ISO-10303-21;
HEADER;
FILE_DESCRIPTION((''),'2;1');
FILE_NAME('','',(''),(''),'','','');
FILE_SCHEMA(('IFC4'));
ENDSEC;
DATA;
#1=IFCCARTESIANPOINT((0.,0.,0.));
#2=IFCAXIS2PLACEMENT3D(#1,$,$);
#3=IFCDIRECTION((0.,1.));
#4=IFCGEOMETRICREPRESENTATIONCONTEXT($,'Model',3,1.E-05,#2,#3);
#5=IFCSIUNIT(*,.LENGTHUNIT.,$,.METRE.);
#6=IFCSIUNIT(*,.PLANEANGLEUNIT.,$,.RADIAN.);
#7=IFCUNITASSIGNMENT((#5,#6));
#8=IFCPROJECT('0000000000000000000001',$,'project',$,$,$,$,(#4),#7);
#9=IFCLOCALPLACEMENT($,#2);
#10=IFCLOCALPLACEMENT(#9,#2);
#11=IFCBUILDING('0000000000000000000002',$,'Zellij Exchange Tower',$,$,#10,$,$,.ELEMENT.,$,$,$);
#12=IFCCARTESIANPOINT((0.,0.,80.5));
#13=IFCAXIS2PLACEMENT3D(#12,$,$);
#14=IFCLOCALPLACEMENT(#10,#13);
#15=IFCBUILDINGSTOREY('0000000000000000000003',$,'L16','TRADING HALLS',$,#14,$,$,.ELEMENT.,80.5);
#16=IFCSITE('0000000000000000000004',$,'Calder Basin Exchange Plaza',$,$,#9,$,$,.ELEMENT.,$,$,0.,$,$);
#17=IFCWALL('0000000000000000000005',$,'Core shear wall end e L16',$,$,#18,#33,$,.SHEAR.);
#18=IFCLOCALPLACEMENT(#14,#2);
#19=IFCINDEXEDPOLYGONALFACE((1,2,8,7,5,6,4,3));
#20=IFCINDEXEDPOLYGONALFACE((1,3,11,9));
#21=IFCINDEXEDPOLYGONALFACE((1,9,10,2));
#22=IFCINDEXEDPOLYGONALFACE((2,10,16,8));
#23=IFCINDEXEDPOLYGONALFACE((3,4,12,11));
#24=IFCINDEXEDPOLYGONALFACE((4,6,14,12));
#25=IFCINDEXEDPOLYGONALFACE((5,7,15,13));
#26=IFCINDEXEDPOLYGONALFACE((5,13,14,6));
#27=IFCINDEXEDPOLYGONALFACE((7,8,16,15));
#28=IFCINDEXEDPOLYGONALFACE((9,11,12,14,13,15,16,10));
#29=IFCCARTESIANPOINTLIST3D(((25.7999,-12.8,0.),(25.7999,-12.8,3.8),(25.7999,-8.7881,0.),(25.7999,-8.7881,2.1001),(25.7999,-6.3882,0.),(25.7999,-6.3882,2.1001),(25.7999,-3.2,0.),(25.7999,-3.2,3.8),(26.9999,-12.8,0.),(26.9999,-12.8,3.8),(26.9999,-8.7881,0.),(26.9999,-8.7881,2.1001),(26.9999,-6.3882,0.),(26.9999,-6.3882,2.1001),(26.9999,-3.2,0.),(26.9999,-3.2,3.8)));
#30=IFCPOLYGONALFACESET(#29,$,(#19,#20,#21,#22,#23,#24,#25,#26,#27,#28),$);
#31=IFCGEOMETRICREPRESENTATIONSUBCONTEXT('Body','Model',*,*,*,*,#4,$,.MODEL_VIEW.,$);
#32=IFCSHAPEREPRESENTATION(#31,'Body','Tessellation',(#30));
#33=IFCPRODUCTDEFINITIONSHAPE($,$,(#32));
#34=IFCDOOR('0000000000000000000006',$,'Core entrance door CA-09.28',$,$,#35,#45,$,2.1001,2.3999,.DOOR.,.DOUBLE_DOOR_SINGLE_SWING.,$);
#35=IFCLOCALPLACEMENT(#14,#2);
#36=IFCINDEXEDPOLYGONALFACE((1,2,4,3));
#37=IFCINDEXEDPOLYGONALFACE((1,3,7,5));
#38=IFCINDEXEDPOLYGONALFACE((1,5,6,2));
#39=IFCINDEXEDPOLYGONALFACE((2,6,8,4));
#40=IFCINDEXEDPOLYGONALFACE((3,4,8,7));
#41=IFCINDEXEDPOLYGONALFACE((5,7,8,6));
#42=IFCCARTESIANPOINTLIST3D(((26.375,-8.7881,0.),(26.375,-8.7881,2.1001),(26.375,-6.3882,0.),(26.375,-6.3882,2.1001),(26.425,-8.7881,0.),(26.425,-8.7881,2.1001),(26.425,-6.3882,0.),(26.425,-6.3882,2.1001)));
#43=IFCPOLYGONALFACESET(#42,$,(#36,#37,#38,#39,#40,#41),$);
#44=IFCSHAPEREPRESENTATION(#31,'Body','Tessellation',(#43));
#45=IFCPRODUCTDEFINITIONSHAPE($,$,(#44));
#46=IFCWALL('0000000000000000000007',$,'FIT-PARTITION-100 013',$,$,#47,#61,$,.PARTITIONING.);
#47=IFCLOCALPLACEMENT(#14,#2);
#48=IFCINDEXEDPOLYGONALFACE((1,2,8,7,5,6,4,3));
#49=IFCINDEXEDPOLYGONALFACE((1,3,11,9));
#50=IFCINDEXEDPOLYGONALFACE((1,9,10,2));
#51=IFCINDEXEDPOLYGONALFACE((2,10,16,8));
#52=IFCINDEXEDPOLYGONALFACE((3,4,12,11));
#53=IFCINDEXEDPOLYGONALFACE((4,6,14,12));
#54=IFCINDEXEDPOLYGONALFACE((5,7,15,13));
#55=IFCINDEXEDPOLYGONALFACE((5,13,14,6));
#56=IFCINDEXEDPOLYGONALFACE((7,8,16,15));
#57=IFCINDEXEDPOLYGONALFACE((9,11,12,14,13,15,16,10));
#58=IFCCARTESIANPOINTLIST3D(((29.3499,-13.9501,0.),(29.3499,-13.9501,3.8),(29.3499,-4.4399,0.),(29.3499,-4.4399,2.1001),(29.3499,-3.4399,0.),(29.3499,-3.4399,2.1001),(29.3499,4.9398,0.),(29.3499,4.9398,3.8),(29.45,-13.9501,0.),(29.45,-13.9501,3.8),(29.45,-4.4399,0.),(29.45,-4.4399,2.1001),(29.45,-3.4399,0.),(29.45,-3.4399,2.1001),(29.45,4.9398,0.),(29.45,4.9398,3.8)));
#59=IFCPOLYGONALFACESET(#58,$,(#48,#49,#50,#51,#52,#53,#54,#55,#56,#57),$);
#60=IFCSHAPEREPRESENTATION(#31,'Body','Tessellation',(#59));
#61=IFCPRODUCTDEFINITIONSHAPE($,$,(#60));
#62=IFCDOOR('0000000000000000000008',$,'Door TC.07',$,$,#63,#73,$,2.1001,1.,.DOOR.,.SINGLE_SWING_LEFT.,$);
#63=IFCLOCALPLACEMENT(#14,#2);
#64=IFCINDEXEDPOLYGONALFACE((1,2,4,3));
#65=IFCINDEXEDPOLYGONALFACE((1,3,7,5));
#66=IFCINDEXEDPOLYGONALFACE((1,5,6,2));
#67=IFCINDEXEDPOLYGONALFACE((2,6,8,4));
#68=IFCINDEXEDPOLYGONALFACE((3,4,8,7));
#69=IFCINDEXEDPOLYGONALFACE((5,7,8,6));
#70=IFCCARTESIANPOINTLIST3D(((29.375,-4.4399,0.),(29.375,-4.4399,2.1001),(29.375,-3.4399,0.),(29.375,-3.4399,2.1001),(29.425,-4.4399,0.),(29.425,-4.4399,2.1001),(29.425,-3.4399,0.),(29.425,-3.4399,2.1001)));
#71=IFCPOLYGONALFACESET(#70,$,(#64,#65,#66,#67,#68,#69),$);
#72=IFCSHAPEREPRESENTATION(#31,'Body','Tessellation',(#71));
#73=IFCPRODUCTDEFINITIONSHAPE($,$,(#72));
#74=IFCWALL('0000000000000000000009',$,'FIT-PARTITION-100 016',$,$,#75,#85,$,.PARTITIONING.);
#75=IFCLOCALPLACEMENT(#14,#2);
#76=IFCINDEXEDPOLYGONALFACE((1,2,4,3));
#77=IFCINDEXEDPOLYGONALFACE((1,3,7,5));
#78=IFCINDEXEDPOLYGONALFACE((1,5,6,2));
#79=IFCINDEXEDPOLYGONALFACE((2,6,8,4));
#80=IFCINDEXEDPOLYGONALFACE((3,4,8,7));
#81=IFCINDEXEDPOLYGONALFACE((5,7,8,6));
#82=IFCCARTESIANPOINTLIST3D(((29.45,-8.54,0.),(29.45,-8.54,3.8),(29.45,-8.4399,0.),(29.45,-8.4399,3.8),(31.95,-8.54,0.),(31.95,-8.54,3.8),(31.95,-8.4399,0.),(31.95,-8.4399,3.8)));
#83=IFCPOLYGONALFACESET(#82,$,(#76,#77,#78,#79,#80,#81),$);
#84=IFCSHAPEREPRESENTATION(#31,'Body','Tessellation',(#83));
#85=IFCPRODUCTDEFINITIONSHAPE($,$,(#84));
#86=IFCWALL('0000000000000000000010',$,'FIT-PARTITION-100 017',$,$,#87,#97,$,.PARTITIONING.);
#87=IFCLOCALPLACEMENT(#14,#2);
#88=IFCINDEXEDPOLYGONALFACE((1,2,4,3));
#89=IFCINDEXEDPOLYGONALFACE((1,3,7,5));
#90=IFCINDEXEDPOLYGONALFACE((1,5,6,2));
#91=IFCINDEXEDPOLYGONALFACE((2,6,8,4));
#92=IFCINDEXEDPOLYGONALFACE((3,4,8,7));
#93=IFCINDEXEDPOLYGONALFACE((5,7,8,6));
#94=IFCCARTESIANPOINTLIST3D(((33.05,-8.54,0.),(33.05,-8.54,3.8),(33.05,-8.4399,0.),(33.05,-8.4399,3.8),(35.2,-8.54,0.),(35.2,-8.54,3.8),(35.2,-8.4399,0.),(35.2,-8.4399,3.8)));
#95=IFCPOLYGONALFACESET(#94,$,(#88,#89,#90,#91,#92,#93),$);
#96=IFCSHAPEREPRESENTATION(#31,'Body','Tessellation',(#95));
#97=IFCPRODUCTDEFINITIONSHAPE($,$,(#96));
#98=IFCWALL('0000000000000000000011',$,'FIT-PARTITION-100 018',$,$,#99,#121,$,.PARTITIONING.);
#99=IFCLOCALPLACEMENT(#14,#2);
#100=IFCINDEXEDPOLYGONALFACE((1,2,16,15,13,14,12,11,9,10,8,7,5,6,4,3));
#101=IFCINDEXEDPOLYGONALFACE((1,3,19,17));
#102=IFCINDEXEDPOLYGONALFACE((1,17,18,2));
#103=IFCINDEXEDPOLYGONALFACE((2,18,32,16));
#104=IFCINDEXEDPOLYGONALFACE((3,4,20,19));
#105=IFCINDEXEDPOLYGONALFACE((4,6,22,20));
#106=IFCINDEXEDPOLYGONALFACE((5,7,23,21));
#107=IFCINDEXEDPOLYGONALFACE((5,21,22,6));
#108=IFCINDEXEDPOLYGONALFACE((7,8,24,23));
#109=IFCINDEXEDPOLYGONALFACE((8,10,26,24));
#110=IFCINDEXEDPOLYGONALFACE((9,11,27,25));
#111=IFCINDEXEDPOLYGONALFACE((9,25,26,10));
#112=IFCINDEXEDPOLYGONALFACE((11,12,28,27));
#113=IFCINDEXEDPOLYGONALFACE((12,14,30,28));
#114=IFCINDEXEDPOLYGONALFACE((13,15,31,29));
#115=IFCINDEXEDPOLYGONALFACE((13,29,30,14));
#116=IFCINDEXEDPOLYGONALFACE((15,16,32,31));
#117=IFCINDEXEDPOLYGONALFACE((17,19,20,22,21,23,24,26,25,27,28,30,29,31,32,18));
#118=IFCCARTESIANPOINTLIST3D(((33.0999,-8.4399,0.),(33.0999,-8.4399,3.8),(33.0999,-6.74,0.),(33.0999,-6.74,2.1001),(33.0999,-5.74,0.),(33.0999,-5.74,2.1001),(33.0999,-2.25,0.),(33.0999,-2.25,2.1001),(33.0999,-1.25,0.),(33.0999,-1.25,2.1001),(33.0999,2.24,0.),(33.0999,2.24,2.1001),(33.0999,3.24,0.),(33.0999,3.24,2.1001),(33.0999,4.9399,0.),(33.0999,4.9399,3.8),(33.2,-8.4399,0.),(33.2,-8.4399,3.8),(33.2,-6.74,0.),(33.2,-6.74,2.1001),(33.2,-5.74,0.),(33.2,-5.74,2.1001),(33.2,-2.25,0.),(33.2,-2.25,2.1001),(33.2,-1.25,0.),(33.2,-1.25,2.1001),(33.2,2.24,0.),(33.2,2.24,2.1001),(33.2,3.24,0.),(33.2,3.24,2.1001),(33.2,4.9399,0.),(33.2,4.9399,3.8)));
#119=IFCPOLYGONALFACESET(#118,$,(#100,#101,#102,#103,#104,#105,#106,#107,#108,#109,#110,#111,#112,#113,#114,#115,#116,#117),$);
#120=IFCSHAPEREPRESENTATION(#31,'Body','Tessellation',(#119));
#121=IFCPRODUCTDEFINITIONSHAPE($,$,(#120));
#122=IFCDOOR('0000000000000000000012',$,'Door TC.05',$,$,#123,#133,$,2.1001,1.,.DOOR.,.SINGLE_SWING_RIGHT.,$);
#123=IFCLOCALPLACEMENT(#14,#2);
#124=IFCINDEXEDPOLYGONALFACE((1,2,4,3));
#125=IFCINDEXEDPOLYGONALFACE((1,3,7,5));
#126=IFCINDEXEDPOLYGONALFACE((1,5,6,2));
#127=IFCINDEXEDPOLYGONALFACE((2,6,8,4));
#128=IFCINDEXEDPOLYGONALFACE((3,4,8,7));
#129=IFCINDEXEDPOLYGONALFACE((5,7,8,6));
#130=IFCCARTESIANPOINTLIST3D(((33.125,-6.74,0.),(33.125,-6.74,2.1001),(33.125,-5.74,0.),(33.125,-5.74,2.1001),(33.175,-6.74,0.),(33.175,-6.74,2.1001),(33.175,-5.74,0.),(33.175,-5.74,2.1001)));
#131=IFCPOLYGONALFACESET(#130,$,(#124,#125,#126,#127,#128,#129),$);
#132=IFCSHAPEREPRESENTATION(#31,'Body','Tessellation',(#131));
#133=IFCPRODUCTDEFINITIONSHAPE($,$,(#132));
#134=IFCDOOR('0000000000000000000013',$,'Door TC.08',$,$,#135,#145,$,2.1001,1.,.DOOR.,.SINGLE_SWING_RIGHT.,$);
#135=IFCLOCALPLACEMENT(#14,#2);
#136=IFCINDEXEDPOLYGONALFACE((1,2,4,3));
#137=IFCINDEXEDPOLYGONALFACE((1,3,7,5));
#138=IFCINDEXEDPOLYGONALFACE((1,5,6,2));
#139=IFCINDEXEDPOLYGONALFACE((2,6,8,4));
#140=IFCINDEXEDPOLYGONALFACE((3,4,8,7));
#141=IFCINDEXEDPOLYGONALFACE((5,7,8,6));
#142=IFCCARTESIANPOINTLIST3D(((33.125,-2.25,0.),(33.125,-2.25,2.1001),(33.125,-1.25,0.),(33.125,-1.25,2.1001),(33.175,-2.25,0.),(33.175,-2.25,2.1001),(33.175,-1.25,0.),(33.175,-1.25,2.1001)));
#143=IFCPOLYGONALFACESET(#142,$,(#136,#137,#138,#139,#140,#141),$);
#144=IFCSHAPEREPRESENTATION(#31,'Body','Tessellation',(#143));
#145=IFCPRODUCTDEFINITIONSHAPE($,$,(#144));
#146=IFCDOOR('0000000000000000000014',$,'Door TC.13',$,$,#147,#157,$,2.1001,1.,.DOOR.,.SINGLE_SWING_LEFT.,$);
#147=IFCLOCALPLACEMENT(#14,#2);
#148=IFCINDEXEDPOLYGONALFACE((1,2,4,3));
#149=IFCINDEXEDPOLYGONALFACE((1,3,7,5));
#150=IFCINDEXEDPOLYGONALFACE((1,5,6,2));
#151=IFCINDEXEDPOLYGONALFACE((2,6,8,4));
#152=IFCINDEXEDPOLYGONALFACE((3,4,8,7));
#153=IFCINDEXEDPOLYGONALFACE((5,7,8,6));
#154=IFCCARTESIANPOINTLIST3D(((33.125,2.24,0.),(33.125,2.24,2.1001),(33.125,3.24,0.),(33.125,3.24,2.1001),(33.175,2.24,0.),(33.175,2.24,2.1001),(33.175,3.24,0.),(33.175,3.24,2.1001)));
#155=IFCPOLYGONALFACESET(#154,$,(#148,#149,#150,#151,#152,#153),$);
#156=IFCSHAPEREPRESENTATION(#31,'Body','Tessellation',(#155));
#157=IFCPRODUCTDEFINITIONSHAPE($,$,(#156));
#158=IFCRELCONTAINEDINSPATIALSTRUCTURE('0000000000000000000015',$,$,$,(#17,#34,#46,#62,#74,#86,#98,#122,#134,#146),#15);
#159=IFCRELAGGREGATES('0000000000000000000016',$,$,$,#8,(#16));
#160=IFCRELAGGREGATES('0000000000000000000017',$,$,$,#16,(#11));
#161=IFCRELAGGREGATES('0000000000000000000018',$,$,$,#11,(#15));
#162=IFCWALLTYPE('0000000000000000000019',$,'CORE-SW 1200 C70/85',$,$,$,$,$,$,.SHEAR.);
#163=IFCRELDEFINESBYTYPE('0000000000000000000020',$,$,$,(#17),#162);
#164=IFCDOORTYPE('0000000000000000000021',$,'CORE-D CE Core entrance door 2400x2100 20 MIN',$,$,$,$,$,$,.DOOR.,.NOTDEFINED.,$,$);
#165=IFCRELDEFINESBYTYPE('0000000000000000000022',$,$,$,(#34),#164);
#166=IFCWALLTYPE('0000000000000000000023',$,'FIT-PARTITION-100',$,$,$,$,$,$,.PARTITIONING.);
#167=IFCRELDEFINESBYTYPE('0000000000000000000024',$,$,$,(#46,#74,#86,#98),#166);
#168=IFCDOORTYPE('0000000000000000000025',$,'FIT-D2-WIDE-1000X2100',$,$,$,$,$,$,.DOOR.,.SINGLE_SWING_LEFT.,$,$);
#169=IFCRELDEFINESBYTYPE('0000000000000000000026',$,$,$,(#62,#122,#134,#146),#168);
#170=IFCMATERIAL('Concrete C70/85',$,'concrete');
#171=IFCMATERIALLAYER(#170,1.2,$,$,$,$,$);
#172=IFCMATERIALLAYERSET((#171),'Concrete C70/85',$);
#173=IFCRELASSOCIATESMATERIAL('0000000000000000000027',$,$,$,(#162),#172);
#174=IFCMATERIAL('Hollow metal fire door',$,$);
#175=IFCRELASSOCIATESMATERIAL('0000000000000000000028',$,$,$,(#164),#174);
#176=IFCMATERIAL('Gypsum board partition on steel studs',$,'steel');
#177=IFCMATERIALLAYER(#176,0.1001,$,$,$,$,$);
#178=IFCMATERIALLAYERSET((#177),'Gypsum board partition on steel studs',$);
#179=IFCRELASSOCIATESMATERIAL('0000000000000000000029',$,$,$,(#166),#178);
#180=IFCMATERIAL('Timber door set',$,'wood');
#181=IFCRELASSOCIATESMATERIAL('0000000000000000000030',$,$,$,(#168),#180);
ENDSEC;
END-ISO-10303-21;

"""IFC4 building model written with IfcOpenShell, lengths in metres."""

from ifc_helpers import new_model, si_unit, direction, frame, frame_2d, origin, place, context, subcontext, project, spatial, rectangle, extrude, material, layer, layer_set, type_object, element, fill, save


model = new_model("IFC4")

# Units and contexts
model_context = context("Model", 3, precision=1e-05, world=origin(), true_north=direction((0.0, 1.0)))
body_context = subcontext(model_context, "Body", "Model", "MODEL_VIEW")
ifc_project = project(units=[si_unit("LENGTHUNIT", "METRE"), si_unit("PLANEANGLEUNIT", "RADIAN")], contexts=[model_context])

# Site, building, storey
site_placement = place(None, origin())
site = spatial("IfcSite", under=ifc_project, at=site_placement, Name="Calder Basin Exchange Plaza", CompositionType="ELEMENT", RefElevation=0.0)
building_placement = place(site_placement, origin())
building = spatial("IfcBuilding", under=site, at=building_placement, Name="Zellij Exchange Tower", CompositionType="ELEMENT")
storey_placement = place(building_placement, frame((0.0, 0.0, 80.5)))
storey = spatial("IfcBuildingStorey", under=building, at=storey_placement, Name="L16", Description="TRADING HALLS", CompositionType="ELEMENT", Elevation=80.5)

# Shared definitions
ifc_material_1 = material(Name="Concrete C70/85", Category="concrete")

# Walls, openings, doors
ifc_layer_1 = layer(ifc_material_1, 1.2)
ifc_layer_set_1 = layer_set([ifc_layer_1], Name="Concrete C70/85")
wall_type_1 = type_object("IfcWallType", Name="CORE-SW 1200 C70/85", PredefinedType="SHEAR", material=ifc_layer_set_1)
wall_1_placement = place(storey_placement, frame((26.3999, -12.8, 0.0), z_axis=(0.0, 0.0, 1.0), x_axis=(0.0, 1.0, 0.0)))
wall_1 = element("IfcWall", 1, at=wall_1_placement, inside=storey, type_object=wall_type_1, Name="Core shear wall end e L16", PredefinedType="SHEAR", context=body_context, shape_type="SweptSolid", body=[
    extrude(rectangle(XDim=9.6001, YDim=1.2, at=frame_2d((4.8, 0.0))), origin(), (0.0, 0.0, 1.0), 3.8),
])
opening_1_placement = place(wall_1_placement, frame((4.012, 0.0, 0.0)))
opening_1 = element("IfcOpeningElement", 2, at=opening_1_placement, cuts=wall_1, PredefinedType="OPENING", context=body_context, shape_type="SweptSolid", body=[
    extrude(rectangle(XDim=2.3999, YDim=2.1001, at=frame_2d((1.2, 1.05))), frame((0.0, 0.6118, 0.0), z_axis=(0.0, -1.0, 0.0), x_axis=(1.0, 0.0, 0.0)), (0.0, 0.0, 1.0), 1.2239),
])
ifc_material_2 = material(Name="Hollow metal fire door")
door_type_1 = type_object("IfcDoorType", Name="CORE-D CE Core entrance door 2400x2100 20 MIN", OperationType="NOTDEFINED", PredefinedType="DOOR", material=ifc_material_2)
door_1_placement = place(opening_1_placement, origin())
door_1 = element("IfcDoor", 3, at=door_1_placement, inside=storey, type_object=door_type_1, Name="Core entrance door CA-09.28", OperationType="DOUBLE_DOOR_SINGLE_SWING", OverallHeight=2.1001, OverallWidth=2.3999, PredefinedType="DOOR", context=body_context, shape_type="SweptSolid", body=[
    extrude(rectangle(XDim=2.3999, YDim=2.1001, at=frame_2d((1.2, 1.05))), frame((0.0, 0.0249, 0.0), z_axis=(0.0, -1.0, 0.0), x_axis=(1.0, 0.0, 0.0)), (0.0, 0.0, 1.0), 0.05),
])
fill(opening_1, door_1)
ifc_material_3 = material(Name="Gypsum board partition on steel studs", Category="steel")
ifc_layer_2 = layer(ifc_material_3, 0.1001)
ifc_layer_set_2 = layer_set([ifc_layer_2], Name="Gypsum board partition on steel studs")
wall_type_2 = type_object("IfcWallType", Name="FIT-PARTITION-100", PredefinedType="PARTITIONING", material=ifc_layer_set_2)
wall_2_placement = place(storey_placement, frame((29.3999, -13.95, 0.0), z_axis=(0.0, 0.0, 1.0), x_axis=(0.0, 1.0, 0.0)))
wall_2 = element("IfcWall", 4, at=wall_2_placement, inside=storey, type_object=wall_type_2, Name="FIT-PARTITION-100 013", PredefinedType="PARTITIONING", context=body_context, shape_type="SweptSolid", body=[
    extrude(rectangle(XDim=18.8899, YDim=0.1001, at=frame_2d((9.4448, 0.0))), origin(), (0.0, 0.0, 1.0), 3.8),
])
opening_2_placement = place(wall_2_placement, frame((9.51, 0.0, 0.0)))
opening_2 = element("IfcOpeningElement", 5, at=opening_2_placement, cuts=wall_2, PredefinedType="OPENING", context=body_context, shape_type="SweptSolid", body=[
    extrude(rectangle(XDim=1.0, YDim=2.1001, at=frame_2d((0.5, 1.05))), frame((0.0, 0.062, 0.0), z_axis=(0.0, -1.0, 0.0), x_axis=(1.0, 0.0, 0.0)), (0.0, 0.0, 1.0), 0.124),
])
ifc_material_4 = material(Name="Timber door set", Category="wood")
door_type_2 = type_object("IfcDoorType", Name="FIT-D2-WIDE-1000X2100", OperationType="SINGLE_SWING_LEFT", PredefinedType="DOOR", material=ifc_material_4)
door_2_placement = place(opening_2_placement, origin())
door_2 = element("IfcDoor", 6, at=door_2_placement, inside=storey, type_object=door_type_2, Name="Door TC.07", OperationType="SINGLE_SWING_LEFT", OverallHeight=2.1001, OverallWidth=1.0, PredefinedType="DOOR", context=body_context, shape_type="SweptSolid", body=[
    extrude(rectangle(XDim=1.0, YDim=2.1001, at=frame_2d((0.5, 1.05))), frame((0.0, 0.0249, 0.0), z_axis=(0.0, -1.0, 0.0), x_axis=(1.0, 0.0, 0.0)), (0.0, 0.0, 1.0), 0.05),
])
fill(opening_2, door_2)

# Walls
wall_3_placement = place(storey_placement, frame((29.45, -8.49, 0.0), z_axis=(0.0, 0.0, 1.0), x_axis=(1.0, 0.0, 0.0)))
element("IfcWall", 7, at=wall_3_placement, inside=storey, type_object=wall_type_2, Name="FIT-PARTITION-100 016", PredefinedType="PARTITIONING", context=body_context, shape_type="SweptSolid", body=[
    extrude(rectangle(XDim=2.5, YDim=0.1001, at=frame_2d((1.25, 0.0))), origin(), (0.0, 0.0, 1.0), 3.8),
])
wall_4_placement = place(storey_placement, frame((33.05, -8.49, 0.0), z_axis=(0.0, 0.0, 1.0), x_axis=(1.0, 0.0, 0.0)))
element("IfcWall", 8, at=wall_4_placement, inside=storey, type_object=wall_type_2, Name="FIT-PARTITION-100 017", PredefinedType="PARTITIONING", context=body_context, shape_type="SweptSolid", body=[
    extrude(rectangle(XDim=2.1499, YDim=0.1001, at=frame_2d((1.075, 0.0))), origin(), (0.0, 0.0, 1.0), 3.8),
])

# Wall, openings, doors
wall_5_placement = place(storey_placement, frame((33.1499, -8.4399, 0.0), z_axis=(0.0, 0.0, 1.0), x_axis=(0.0, 1.0, 0.0)))
wall_5 = element("IfcWall", 9, at=wall_5_placement, inside=storey, type_object=wall_type_2, Name="FIT-PARTITION-100 018", PredefinedType="PARTITIONING", context=body_context, shape_type="SweptSolid", body=[
    extrude(rectangle(XDim=13.3799, YDim=0.1001, at=frame_2d((6.6899, 0.0))), origin(), (0.0, 0.0, 1.0), 3.8),
])
opening_3_placement = place(wall_5_placement, frame((1.7, 0.0, 0.0)))
opening_3 = element("IfcOpeningElement", 10, at=opening_3_placement, cuts=wall_5, PredefinedType="OPENING", context=body_context, shape_type="SweptSolid", body=[
    extrude(rectangle(XDim=1.0, YDim=2.1001, at=frame_2d((0.5, 1.05))), frame((0.0, 0.062, 0.0), z_axis=(0.0, -1.0, 0.0), x_axis=(1.0, 0.0, 0.0)), (0.0, 0.0, 1.0), 0.124),
])
opening_4_placement = place(wall_5_placement, frame((6.1899, 0.0, 0.0)))
opening_4 = element("IfcOpeningElement", 11, at=opening_4_placement, cuts=wall_5, PredefinedType="OPENING", context=body_context, shape_type="SweptSolid", body=[
    extrude(rectangle(XDim=1.0, YDim=2.1001, at=frame_2d((0.5, 1.05))), frame((0.0, 0.062, 0.0), z_axis=(0.0, -1.0, 0.0), x_axis=(1.0, 0.0, 0.0)), (0.0, 0.0, 1.0), 0.124),
])
opening_5_placement = place(wall_5_placement, frame((10.6799, 0.0, 0.0)))
opening_5 = element("IfcOpeningElement", 12, at=opening_5_placement, cuts=wall_5, PredefinedType="OPENING", context=body_context, shape_type="SweptSolid", body=[
    extrude(rectangle(XDim=1.0, YDim=2.1001, at=frame_2d((0.5, 1.05))), frame((0.0, 0.062, 0.0), z_axis=(0.0, -1.0, 0.0), x_axis=(1.0, 0.0, 0.0)), (0.0, 0.0, 1.0), 0.124),
])
door_3_placement = place(opening_3_placement, origin())
door_3 = element("IfcDoor", 13, at=door_3_placement, inside=storey, type_object=door_type_2, Name="Door TC.05", OperationType="SINGLE_SWING_RIGHT", OverallHeight=2.1001, OverallWidth=1.0, PredefinedType="DOOR", context=body_context, shape_type="SweptSolid", body=[
    extrude(rectangle(XDim=1.0, YDim=2.1001, at=frame_2d((0.5, 1.05))), frame((0.0, 0.0249, 0.0), z_axis=(0.0, -1.0, 0.0), x_axis=(1.0, 0.0, 0.0)), (0.0, 0.0, 1.0), 0.05),
])
fill(opening_3, door_3)
door_4_placement = place(opening_4_placement, origin())
door_4 = element("IfcDoor", 14, at=door_4_placement, inside=storey, type_object=door_type_2, Name="Door TC.08", OperationType="SINGLE_SWING_RIGHT", OverallHeight=2.1001, OverallWidth=1.0, PredefinedType="DOOR", context=body_context, shape_type="SweptSolid", body=[
    extrude(rectangle(XDim=1.0, YDim=2.1001, at=frame_2d((0.5, 1.05))), frame((0.0, 0.0249, 0.0), z_axis=(0.0, -1.0, 0.0), x_axis=(1.0, 0.0, 0.0)), (0.0, 0.0, 1.0), 0.05),
])
fill(opening_4, door_4)
door_5_placement = place(opening_5_placement, origin())
door_5 = element("IfcDoor", 15, at=door_5_placement, inside=storey, type_object=door_type_2, Name="Door TC.13", OperationType="SINGLE_SWING_LEFT", OverallHeight=2.1001, OverallWidth=1.0, PredefinedType="DOOR", context=body_context, shape_type="SweptSolid", body=[
    extrude(rectangle(XDim=1.0, YDim=2.1001, at=frame_2d((0.5, 1.05))), frame((0.0, 0.0249, 0.0), z_axis=(0.0, -1.0, 0.0), x_axis=(1.0, 0.0, 0.0)), (0.0, 0.0, 1.0), 0.05),
])
fill(opening_5, door_5)

save(model, "model.ifc")
